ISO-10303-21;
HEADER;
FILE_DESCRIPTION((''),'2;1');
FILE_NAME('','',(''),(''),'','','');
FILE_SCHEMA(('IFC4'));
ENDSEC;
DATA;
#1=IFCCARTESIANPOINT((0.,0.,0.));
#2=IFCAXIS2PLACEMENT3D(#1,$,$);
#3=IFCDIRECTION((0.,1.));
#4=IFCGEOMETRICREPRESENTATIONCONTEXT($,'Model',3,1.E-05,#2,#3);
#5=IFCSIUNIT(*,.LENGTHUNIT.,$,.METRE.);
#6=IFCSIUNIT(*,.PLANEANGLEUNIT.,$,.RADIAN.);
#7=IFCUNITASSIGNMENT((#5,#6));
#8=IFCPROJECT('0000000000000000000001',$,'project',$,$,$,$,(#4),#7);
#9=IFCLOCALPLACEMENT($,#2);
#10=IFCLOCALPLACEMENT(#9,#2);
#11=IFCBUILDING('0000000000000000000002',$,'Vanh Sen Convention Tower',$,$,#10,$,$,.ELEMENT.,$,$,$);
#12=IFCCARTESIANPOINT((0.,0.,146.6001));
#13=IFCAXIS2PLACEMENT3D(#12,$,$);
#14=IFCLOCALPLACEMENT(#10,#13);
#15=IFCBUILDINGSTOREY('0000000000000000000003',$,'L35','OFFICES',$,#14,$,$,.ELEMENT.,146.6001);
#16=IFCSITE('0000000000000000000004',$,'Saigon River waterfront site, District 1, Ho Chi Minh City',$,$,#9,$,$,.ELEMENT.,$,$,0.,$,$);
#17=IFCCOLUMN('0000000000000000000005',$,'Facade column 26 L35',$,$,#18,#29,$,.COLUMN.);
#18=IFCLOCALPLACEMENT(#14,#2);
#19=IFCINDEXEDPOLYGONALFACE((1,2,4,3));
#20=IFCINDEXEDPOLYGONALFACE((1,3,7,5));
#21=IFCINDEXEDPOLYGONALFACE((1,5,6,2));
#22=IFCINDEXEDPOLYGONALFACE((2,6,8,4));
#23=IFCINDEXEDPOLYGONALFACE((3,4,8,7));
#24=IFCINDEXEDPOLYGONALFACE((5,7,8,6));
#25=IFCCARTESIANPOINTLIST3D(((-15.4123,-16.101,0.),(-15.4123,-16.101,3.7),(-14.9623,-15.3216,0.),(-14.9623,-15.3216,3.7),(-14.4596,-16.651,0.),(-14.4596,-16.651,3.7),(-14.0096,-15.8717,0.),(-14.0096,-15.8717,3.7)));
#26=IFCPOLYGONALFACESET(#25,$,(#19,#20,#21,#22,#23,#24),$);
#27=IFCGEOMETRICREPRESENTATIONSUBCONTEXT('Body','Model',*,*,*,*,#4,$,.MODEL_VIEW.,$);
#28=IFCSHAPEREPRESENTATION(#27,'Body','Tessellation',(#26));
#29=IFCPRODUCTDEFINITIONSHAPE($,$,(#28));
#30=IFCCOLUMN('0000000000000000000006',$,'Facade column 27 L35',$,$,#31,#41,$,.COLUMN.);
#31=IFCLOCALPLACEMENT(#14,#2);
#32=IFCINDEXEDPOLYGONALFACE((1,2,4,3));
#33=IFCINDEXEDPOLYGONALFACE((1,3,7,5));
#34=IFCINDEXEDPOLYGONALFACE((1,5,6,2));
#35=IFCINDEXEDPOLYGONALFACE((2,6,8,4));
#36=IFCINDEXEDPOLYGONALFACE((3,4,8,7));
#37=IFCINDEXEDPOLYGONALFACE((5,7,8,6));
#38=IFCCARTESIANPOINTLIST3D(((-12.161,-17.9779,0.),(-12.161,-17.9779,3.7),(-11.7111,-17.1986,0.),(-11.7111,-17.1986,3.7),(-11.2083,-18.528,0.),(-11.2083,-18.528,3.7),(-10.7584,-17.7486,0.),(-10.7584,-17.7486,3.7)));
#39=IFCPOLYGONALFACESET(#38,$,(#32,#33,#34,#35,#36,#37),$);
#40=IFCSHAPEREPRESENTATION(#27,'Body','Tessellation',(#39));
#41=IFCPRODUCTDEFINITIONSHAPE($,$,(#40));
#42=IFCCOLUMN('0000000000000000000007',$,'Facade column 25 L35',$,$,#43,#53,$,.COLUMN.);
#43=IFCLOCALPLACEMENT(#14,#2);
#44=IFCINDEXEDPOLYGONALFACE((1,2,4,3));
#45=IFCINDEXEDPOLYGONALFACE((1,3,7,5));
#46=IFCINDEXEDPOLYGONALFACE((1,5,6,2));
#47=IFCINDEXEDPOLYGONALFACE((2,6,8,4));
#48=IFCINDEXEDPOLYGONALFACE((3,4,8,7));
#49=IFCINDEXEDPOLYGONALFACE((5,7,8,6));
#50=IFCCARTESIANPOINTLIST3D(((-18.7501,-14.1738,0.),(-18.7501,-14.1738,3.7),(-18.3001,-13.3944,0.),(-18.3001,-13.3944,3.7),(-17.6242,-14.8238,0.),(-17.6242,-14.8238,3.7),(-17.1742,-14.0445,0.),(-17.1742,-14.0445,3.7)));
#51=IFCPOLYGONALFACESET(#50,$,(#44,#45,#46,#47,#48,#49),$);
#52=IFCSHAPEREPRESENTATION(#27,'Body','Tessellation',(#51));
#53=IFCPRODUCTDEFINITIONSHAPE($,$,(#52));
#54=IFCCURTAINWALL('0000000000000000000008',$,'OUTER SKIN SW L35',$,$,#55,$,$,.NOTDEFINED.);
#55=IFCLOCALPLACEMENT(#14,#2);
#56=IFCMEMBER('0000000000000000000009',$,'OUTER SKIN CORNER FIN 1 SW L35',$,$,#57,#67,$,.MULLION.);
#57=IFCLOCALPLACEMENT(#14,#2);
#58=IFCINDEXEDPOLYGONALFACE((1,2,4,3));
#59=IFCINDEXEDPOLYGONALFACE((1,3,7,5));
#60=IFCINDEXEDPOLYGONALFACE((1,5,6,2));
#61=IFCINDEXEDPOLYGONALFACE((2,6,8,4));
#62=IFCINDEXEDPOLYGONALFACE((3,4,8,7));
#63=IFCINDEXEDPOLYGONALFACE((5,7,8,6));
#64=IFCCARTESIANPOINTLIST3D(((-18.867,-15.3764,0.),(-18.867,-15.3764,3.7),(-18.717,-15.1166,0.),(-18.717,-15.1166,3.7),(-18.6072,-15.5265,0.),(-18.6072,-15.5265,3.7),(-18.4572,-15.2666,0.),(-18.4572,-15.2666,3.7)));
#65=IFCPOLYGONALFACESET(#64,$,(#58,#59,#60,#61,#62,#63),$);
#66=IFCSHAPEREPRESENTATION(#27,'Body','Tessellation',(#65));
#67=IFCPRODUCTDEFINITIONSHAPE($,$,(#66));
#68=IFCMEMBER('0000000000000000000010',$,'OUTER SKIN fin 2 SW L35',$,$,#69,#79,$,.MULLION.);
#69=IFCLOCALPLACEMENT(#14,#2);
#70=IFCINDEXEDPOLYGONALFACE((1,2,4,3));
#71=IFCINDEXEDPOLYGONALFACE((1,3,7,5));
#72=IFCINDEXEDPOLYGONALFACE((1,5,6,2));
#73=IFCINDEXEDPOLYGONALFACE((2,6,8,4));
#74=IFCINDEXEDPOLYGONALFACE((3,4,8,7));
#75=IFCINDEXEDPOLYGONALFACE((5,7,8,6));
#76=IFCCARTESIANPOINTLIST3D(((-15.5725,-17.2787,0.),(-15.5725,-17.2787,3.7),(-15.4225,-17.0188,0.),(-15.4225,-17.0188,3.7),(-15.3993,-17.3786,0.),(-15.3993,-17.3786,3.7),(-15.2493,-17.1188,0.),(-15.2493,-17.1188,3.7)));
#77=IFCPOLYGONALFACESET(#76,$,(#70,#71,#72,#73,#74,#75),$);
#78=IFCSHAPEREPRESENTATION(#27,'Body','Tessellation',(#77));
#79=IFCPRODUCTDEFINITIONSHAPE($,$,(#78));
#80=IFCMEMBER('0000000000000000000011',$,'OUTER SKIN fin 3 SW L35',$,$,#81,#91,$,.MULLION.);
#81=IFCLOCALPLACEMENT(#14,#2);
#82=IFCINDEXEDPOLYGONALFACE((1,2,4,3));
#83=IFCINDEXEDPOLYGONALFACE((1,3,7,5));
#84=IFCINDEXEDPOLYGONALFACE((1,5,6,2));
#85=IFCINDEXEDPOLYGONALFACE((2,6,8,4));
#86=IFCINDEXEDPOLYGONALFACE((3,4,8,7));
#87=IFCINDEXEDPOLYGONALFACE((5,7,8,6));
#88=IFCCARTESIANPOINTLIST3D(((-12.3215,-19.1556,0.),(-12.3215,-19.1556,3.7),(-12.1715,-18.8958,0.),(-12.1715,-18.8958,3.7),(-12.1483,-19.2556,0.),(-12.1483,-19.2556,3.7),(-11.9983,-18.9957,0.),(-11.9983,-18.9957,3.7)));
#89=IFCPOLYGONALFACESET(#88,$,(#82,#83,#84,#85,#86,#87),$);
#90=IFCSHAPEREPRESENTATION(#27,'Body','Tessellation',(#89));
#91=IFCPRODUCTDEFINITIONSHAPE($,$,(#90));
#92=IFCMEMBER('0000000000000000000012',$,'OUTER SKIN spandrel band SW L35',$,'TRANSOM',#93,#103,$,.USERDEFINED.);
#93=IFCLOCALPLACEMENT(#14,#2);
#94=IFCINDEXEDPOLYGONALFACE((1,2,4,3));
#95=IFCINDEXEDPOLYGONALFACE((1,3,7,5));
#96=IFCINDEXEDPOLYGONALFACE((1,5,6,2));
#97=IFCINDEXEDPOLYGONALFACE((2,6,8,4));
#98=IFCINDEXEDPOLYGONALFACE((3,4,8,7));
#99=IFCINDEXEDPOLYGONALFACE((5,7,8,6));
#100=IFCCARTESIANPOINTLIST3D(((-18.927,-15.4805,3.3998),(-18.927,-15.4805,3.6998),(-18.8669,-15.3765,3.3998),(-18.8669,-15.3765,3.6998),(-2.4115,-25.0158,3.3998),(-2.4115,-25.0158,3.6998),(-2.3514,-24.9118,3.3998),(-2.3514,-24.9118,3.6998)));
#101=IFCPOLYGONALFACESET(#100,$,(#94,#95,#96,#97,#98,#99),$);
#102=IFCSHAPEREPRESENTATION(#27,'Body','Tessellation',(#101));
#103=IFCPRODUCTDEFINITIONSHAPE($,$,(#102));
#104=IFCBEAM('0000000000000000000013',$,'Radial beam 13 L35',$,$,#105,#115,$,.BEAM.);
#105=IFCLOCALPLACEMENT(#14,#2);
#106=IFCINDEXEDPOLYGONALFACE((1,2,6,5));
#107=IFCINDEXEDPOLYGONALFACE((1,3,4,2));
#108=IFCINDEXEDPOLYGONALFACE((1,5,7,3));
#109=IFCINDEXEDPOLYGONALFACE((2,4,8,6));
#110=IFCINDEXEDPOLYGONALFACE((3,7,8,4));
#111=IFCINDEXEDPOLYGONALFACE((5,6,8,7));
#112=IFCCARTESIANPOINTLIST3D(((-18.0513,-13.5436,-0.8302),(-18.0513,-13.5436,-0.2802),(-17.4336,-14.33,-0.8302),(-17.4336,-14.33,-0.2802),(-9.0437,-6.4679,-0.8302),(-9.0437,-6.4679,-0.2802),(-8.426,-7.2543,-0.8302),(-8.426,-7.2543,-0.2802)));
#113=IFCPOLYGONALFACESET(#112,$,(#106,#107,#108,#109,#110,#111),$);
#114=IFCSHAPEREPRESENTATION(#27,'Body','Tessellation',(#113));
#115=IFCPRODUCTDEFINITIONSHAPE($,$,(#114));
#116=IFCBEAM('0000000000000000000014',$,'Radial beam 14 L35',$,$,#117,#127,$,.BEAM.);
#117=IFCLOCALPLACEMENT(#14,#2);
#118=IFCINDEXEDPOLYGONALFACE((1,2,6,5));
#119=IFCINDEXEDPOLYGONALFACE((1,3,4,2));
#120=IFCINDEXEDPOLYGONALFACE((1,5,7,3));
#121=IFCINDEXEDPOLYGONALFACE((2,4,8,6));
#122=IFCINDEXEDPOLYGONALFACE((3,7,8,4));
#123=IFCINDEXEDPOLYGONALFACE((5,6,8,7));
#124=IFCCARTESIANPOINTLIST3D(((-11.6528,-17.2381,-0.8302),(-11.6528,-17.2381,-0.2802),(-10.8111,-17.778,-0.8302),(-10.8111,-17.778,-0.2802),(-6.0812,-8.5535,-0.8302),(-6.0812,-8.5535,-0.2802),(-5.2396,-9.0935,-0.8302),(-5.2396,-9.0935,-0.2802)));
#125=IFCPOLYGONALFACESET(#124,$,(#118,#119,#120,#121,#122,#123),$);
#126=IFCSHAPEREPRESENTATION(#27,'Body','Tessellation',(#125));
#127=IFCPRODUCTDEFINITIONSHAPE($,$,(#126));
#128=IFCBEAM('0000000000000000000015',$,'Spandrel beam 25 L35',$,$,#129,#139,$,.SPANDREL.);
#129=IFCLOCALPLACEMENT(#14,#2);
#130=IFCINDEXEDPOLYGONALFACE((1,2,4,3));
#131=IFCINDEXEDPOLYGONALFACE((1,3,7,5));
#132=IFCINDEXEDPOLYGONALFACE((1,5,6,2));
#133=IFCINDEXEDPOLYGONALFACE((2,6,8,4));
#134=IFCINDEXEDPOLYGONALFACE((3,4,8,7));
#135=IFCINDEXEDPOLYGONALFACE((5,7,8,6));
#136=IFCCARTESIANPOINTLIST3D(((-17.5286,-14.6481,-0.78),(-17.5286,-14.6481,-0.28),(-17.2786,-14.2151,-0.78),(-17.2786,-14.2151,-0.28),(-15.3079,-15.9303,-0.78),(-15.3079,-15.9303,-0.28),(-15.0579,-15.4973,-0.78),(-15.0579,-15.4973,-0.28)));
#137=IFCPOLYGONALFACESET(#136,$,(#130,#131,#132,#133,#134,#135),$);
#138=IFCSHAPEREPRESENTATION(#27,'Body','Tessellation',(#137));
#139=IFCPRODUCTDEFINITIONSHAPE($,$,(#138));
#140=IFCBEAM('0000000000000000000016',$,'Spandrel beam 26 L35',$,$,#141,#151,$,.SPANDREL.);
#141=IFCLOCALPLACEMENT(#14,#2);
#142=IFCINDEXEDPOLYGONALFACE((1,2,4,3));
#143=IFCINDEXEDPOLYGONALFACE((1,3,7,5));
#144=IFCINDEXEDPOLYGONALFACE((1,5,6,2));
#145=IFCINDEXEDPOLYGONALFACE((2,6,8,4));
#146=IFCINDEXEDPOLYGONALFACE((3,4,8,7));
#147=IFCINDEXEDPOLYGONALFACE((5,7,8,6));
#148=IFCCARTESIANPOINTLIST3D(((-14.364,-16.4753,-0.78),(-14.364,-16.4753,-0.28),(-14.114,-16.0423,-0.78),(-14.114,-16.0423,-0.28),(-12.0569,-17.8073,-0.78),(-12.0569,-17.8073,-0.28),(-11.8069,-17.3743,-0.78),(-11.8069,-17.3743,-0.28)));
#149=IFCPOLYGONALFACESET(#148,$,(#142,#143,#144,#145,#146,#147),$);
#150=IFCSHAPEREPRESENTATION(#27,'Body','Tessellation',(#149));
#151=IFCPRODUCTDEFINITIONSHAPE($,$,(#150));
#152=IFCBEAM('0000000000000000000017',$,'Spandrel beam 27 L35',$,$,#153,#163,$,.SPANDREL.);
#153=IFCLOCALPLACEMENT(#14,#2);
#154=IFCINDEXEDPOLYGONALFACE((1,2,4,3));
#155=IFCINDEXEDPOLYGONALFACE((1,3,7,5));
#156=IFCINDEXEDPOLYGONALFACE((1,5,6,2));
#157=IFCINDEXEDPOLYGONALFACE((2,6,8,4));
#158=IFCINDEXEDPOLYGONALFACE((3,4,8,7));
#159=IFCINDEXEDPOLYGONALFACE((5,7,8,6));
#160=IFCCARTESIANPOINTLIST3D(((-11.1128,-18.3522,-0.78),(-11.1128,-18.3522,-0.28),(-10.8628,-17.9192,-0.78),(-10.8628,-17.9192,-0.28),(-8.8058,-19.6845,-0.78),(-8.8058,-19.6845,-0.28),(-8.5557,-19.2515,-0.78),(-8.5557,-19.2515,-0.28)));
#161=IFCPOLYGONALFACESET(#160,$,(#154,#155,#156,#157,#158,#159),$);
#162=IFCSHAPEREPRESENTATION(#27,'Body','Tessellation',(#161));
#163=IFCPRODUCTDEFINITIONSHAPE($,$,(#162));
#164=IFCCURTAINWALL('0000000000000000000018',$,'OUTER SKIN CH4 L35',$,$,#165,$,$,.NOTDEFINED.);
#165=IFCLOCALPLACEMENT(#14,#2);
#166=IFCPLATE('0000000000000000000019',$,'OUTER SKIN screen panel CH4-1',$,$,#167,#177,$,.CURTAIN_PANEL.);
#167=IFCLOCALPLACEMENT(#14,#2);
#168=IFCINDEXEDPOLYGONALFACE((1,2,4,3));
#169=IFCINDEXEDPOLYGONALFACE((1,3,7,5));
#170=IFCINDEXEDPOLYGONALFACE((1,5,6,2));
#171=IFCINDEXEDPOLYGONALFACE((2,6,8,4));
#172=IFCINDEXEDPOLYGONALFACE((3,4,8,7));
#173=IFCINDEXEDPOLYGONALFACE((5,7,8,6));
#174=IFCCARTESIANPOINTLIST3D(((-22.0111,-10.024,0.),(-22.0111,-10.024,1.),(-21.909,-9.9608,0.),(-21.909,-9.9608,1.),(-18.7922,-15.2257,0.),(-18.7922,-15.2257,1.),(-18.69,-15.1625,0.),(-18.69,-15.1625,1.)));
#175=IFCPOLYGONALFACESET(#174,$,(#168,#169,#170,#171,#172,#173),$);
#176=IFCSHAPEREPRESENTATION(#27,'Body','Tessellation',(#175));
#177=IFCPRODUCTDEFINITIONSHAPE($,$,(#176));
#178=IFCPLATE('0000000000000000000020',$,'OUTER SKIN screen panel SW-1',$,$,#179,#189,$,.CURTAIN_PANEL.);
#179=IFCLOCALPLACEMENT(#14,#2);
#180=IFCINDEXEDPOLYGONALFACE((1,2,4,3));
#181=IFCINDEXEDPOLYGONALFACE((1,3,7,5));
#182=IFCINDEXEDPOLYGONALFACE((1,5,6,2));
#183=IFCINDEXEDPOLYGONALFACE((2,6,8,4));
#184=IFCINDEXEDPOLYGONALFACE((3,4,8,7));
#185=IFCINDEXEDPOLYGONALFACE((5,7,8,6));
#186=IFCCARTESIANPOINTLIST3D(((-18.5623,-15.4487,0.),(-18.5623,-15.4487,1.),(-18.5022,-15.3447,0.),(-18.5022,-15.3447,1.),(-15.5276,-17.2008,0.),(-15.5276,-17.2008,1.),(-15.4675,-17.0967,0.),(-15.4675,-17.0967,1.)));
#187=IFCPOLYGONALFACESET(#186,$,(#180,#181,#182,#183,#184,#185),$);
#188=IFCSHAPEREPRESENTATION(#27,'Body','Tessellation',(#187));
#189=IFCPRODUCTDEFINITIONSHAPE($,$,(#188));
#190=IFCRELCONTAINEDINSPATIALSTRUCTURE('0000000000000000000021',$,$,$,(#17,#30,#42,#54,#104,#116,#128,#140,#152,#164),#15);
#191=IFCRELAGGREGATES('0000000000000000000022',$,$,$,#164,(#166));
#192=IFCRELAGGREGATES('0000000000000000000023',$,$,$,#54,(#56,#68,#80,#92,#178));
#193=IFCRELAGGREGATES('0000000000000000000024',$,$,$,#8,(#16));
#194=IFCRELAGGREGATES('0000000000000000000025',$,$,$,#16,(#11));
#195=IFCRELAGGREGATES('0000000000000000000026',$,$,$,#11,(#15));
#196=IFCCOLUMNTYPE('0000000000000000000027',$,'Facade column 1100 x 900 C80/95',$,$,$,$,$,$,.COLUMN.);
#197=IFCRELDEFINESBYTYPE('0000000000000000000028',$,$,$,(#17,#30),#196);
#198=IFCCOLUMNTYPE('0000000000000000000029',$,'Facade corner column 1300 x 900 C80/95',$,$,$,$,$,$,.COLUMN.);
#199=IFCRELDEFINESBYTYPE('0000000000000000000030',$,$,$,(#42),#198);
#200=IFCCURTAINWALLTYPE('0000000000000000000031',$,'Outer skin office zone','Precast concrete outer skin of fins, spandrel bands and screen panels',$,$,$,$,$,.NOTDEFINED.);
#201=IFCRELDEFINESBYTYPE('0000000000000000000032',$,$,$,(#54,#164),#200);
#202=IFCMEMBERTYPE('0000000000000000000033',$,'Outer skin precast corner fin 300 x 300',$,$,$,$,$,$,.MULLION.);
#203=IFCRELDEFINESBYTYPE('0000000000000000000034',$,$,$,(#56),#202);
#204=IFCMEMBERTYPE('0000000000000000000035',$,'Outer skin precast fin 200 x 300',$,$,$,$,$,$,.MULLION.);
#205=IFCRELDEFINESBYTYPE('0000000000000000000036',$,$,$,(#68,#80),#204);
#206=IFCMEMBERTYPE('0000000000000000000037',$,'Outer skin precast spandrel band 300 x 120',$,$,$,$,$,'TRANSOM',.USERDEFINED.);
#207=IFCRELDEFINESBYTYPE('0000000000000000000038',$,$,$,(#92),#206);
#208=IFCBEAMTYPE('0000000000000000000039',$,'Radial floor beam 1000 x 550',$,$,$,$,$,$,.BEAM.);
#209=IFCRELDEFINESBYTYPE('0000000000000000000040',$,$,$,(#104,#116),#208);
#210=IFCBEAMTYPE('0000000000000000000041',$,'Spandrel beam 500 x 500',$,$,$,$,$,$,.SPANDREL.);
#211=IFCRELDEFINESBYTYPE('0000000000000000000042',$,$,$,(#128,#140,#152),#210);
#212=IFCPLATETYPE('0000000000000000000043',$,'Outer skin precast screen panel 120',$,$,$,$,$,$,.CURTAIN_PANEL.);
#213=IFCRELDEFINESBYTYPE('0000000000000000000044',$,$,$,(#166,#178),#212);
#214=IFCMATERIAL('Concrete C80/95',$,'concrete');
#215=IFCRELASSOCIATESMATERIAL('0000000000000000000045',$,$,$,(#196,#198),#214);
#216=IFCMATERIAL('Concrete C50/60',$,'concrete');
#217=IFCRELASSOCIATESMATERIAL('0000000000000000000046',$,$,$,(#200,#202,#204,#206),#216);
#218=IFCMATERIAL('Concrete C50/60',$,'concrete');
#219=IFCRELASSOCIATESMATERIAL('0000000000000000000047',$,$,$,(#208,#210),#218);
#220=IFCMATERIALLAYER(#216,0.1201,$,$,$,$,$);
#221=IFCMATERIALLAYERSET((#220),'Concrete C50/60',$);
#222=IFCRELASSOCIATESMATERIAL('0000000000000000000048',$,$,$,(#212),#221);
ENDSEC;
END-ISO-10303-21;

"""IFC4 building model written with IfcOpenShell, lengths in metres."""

from ifc_helpers import new_model, si_unit, direction, frame, origin, origin_2d, place, context, subcontext, project, spatial, rectangle, extrude, material, layer, layer_set, material_profile, profile_set, type_object, element, aggregate, save


model = new_model("IFC4")

# Units and contexts
model_context = context("Model", 3, precision=1e-05, world=origin(), true_north=direction((0.0, 1.0)))
body_context = subcontext(model_context, "Body", "Model", "MODEL_VIEW")
ifc_project = project(units=[si_unit("LENGTHUNIT", "METRE"), si_unit("PLANEANGLEUNIT", "RADIAN")], contexts=[model_context])

# Site, building, storey
site_placement = place(None, origin())
site = spatial("IfcSite", under=ifc_project, at=site_placement, Name="Saigon River waterfront site, District 1, Ho Chi Minh City", CompositionType="ELEMENT", RefElevation=0.0)
building_placement = place(site_placement, origin())
building = spatial("IfcBuilding", under=site, at=building_placement, Name="Vanh Sen Convention Tower", CompositionType="ELEMENT")
storey_placement = place(building_placement, frame((0.0, 0.0, 146.6001)))
storey = spatial("IfcBuildingStorey", under=building, at=storey_placement, Name="L35", Description="OFFICES", CompositionType="ELEMENT", Elevation=146.6001)

# Columns
ifc_material_1 = material(Name="Concrete C80/95", Category="concrete")
ifc_material_profile_1 = material_profile(ifc_material_1, rectangle(XDim=1.1001, YDim=0.8999, at=origin_2d()), Name="RC 1100X900")
ifc_profile_set_1 = profile_set([ifc_material_profile_1], Name="Concrete C80/95")
column_type_1 = type_object("IfcColumnType", Name="Facade column 1100 x 900 C80/95", PredefinedType="COLUMN", material=ifc_profile_set_1)
for number, where, z_axis, x_axis, name in (
    (1, (-14.7109, -15.9863, 0.0), (0.0, 0.0, 1.0), (0.866025, -0.5, 0.0), "Facade column 26 L35"),
    (2, (-11.4597, -17.8633, 0.0), (0.0, 0.0, 1.0), (0.866025, -0.5, 0.0), "Facade column 27 L35"),
):
    element("IfcColumn", number, at=place(storey_placement, frame(where, z_axis=z_axis, x_axis=x_axis)), inside=storey, type_object=column_type_1, Name=name, PredefinedType="COLUMN", context=body_context, shape_type="SweptSolid", body=[
        extrude(rectangle(XDim=1.1001, YDim=0.8999, at=origin_2d()), origin(), (0.0, 0.0, 1.0), 3.7),
    ])
ifc_material_profile_2 = material_profile(ifc_material_1, rectangle(XDim=1.3, YDim=0.8999, at=origin_2d()), Name="RC 1300X900")
ifc_profile_set_2 = profile_set([ifc_material_profile_2], Name="Concrete C80/95")
column_type_2 = type_object("IfcColumnType", Name="Facade corner column 1300 x 900 C80/95", PredefinedType="COLUMN", material=ifc_profile_set_2)
column_placement = place(storey_placement, frame((-17.9622, -14.1091, 0.0), z_axis=(0.0, 0.0, 1.0), x_axis=(0.866025, -0.5, 0.0)))
element("IfcColumn", 3, at=column_placement, inside=storey, type_object=column_type_2, Name="Facade column 25 L35", PredefinedType="COLUMN", context=body_context, shape_type="SweptSolid", body=[
    extrude(rectangle(XDim=1.3, YDim=0.8999, at=origin_2d()), origin(), (0.0, 0.0, 1.0), 3.7),
])

# Curtain wall, members
ifc_material_2 = material(Name="Concrete C50/60", Category="concrete")
curtain_wall_type = type_object("IfcCurtainWallType", Name="Outer skin office zone", Description="Precast concrete outer skin of fins, spandrel bands and screen panels", PredefinedType="NOTDEFINED", material=ifc_material_2)
curtain_wall_1_placement = place(storey_placement, origin())
curtain_wall_1 = element("IfcCurtainWall", 4, at=curtain_wall_1_placement, inside=storey, type_object=curtain_wall_type, Name="OUTER SKIN SW L35", PredefinedType="NOTDEFINED")
ifc_material_profile_3 = material_profile(ifc_material_2, rectangle(XDim=0.3, YDim=0.3, at=origin_2d()), Name="Outer skin precast corner fin 300 x 300")
ifc_profile_set_3 = profile_set([ifc_material_profile_3], Name="Concrete C50/60")
member_type_1 = type_object("IfcMemberType", Name="Outer skin precast corner fin 300 x 300", PredefinedType="MULLION", material=ifc_profile_set_3)
member_1_placement = place(storey_placement, frame((-18.6621, -15.3215, 0.0), z_axis=(0.0, 0.0, 1.0), x_axis=(0.866025, -0.5, 0.0)))
member_1 = element("IfcMember", 5, at=member_1_placement, type_object=member_type_1, Name="OUTER SKIN CORNER FIN 1 SW L35", PredefinedType="MULLION", context=body_context, shape_type="SweptSolid", body=[
    extrude(rectangle(XDim=0.3, YDim=0.3, at=origin_2d()), origin(), (0.0, 0.0, 1.0), 3.7),
])
ifc_material_profile_4 = material_profile(ifc_material_2, rectangle(XDim=0.2, YDim=0.3, at=origin_2d()), Name="Outer skin precast fin 200 x 300")
ifc_profile_set_4 = profile_set([ifc_material_profile_4], Name="Concrete C50/60")
member_type_2 = type_object("IfcMemberType", Name="Outer skin precast fin 200 x 300", PredefinedType="MULLION", material=ifc_profile_set_4)
member_2_placement = place(storey_placement, frame((-15.4109, -17.1987, 0.0), z_axis=(0.0, 0.0, 1.0), x_axis=(0.866025, -0.5, 0.0)))
member_2 = element("IfcMember", 6, at=member_2_placement, type_object=member_type_2, Name="OUTER SKIN fin 2 SW L35", PredefinedType="MULLION", context=body_context, shape_type="SweptSolid", body=[
    extrude(rectangle(XDim=0.2, YDim=0.3, at=origin_2d()), origin(), (0.0, 0.0, 1.0), 3.7),
])
member_3_placement = place(storey_placement, frame((-12.1599, -19.0757, 0.0), z_axis=(0.0, 0.0, 1.0), x_axis=(0.866025, -0.5, 0.0)))
member_3 = element("IfcMember", 7, at=member_3_placement, type_object=member_type_2, Name="OUTER SKIN fin 3 SW L35", PredefinedType="MULLION", context=body_context, shape_type="SweptSolid", body=[
    extrude(rectangle(XDim=0.2, YDim=0.3, at=origin_2d()), origin(), (0.0, 0.0, 1.0), 3.7),
])
ifc_material_profile_5 = material_profile(ifc_material_2, rectangle(XDim=0.1201, YDim=0.3, at=origin_2d()), Name="Outer skin precast spandrel band 300 x 120")
ifc_profile_set_5 = profile_set([ifc_material_profile_5], Name="Concrete C50/60")
member_type_3 = type_object("IfcMemberType", Name="Outer skin precast spandrel band 300 x 120", ElementType="TRANSOM", PredefinedType="USERDEFINED", material=ifc_profile_set_5)
member_4_placement = place(storey_placement, frame((-18.897, -15.4285, 3.5498), z_axis=(0.866023, -0.500004, 0.0), x_axis=(0.500004, 0.866023, 0.0)))
member_4 = element("IfcMember", 8, at=member_4_placement, type_object=member_type_3, Name="OUTER SKIN spandrel band SW L35", ObjectType="TRANSOM", PredefinedType="USERDEFINED", context=body_context, shape_type="SweptSolid", body=[
    extrude(rectangle(XDim=0.1201, YDim=0.3, at=origin_2d()), origin(), (0.0, 0.0, 1.0), 19.0706),
])

# Beams
ifc_material_3 = material(Name="Concrete C50/60", Category="concrete")
ifc_material_profile_6 = material_profile(ifc_material_3, rectangle(XDim=1.0, YDim=0.55, at=origin_2d()), Name="RC 1000X550")
ifc_profile_set_6 = profile_set([ifc_material_profile_6], Name="Concrete C50/60")
beam_type_1 = type_object("IfcBeamType", Name="Radial floor beam 1000 x 550", PredefinedType="BEAM", material=ifc_profile_set_6)
beam_1_placement = place(storey_placement, frame((-17.7424, -13.9368, -0.5552), z_axis=(0.78639, 0.61773, 0.0), x_axis=(-0.61773, 0.78639, 0.0)))
element("IfcBeam", 9, at=beam_1_placement, inside=storey, type_object=beam_type_1, Name="Radial beam 13 L35", PredefinedType="BEAM", context=body_context, shape_type="SweptSolid", body=[
    extrude(rectangle(XDim=1.0, YDim=0.55, at=origin_2d()), origin(), (0.0, 0.0, 1.0), 11.4543),
])
beam_2_placement = place(storey_placement, frame((-11.2319, -17.5081, -0.5552), z_axis=(0.539975, 0.841681, 0.0), x_axis=(-0.841681, 0.539975, 0.0)))
element("IfcBeam", 10, at=beam_2_placement, inside=storey, type_object=beam_type_1, Name="Radial beam 14 L35", PredefinedType="BEAM", context=body_context, shape_type="SweptSolid", body=[
    extrude(rectangle(XDim=1.0, YDim=0.55, at=origin_2d()), origin(), (0.0, 0.0, 1.0), 10.3181),
])
ifc_material_profile_7 = material_profile(ifc_material_3, rectangle(XDim=0.5, YDim=0.5, at=origin_2d()), Name="RC 500X500")
ifc_profile_set_7 = profile_set([ifc_material_profile_7], Name="Concrete C50/60")
beam_type_2 = type_object("IfcBeamType", Name="Spandrel beam 500 x 500", PredefinedType="SPANDREL", material=ifc_profile_set_7)
beam_3_placement = place(storey_placement, frame((-17.4036, -14.4316, -0.53), z_axis=(0.866008, -0.50003, 0.0), x_axis=(0.50003, 0.866008, 0.0)))
element("IfcBeam", 11, at=beam_3_placement, inside=storey, type_object=beam_type_2, Name="Spandrel beam 25 L35", PredefinedType="SPANDREL", context=body_context, shape_type="SweptSolid", body=[
    extrude(rectangle(XDim=0.5, YDim=0.5, at=origin_2d()), origin(), (0.0, 0.0, 1.0), 2.5642),
])
for number, where, z_axis, x_axis, name in (
    (12, (-14.239, -16.2588, -0.53), (0.866024, -0.500003, 0.0), (0.500003, 0.866024, 0.0), "Spandrel beam 26 L35"),
    (13, (-10.9878, -18.1357, -0.53), (0.865984, -0.500071, 0.0), (0.500071, 0.865984, 0.0), "Spandrel beam 27 L35"),
):
    element("IfcBeam", number, at=place(storey_placement, frame(where, z_axis=z_axis, x_axis=x_axis)), inside=storey, type_object=beam_type_2, Name=name, PredefinedType="SPANDREL", context=body_context, shape_type="SweptSolid", body=[
        extrude(rectangle(XDim=0.5, YDim=0.5, at=origin_2d()), origin(), (0.0, 0.0, 1.0), 2.6641),
    ])

# Curtain wall, plate
curtain_wall_2_placement = place(storey_placement, origin())
curtain_wall_2 = element("IfcCurtainWall", 14, at=curtain_wall_2_placement, inside=storey, type_object=curtain_wall_type, Name="OUTER SKIN CH4 L35", PredefinedType="NOTDEFINED")
ifc_layer_1 = layer(ifc_material_2, 0.1201)
ifc_layer_set_1 = layer_set([ifc_layer_1], Name="Concrete C50/60")
plate_type = type_object("IfcPlateType", Name="Outer skin precast screen panel 120", PredefinedType="CURTAIN_PANEL", material=ifc_layer_set_1)
plate_1_placement = place(storey_placement, frame((-20.3506, -12.5933, 0.0), z_axis=(0.0, 0.0, 1.0), x_axis=(0.526218, -0.850349, 0.0)))
plate_1 = element("IfcPlate", 15, at=plate_1_placement, type_object=plate_type, Name="OUTER SKIN screen panel CH4-1", PredefinedType="CURTAIN_PANEL", context=body_context, shape_type="SweptSolid", body=[
    extrude(rectangle(XDim=6.1172, YDim=0.1201, at=origin_2d()), origin(), (0.0, 0.0, 1.0), 1.0),
])
aggregate(curtain_wall_2, [plate_1])

# Plate
plate_2_placement = place(storey_placement, frame((-17.0149, -16.2727, 0.0), z_axis=(0.0, 0.0, 1.0), x_axis=(0.866024, -0.500003, 0.0)))
plate_2 = element("IfcPlate", 16, at=plate_2_placement, type_object=plate_type, Name="OUTER SKIN screen panel SW-1", PredefinedType="CURTAIN_PANEL", context=body_context, shape_type="SweptSolid", body=[
    extrude(rectangle(XDim=3.5042, YDim=0.1201, at=origin_2d()), origin(), (0.0, 0.0, 1.0), 1.0),
])
aggregate(curtain_wall_1, [member_1, member_2, member_3, member_4, plate_2])

save(model, "model.ifc")
